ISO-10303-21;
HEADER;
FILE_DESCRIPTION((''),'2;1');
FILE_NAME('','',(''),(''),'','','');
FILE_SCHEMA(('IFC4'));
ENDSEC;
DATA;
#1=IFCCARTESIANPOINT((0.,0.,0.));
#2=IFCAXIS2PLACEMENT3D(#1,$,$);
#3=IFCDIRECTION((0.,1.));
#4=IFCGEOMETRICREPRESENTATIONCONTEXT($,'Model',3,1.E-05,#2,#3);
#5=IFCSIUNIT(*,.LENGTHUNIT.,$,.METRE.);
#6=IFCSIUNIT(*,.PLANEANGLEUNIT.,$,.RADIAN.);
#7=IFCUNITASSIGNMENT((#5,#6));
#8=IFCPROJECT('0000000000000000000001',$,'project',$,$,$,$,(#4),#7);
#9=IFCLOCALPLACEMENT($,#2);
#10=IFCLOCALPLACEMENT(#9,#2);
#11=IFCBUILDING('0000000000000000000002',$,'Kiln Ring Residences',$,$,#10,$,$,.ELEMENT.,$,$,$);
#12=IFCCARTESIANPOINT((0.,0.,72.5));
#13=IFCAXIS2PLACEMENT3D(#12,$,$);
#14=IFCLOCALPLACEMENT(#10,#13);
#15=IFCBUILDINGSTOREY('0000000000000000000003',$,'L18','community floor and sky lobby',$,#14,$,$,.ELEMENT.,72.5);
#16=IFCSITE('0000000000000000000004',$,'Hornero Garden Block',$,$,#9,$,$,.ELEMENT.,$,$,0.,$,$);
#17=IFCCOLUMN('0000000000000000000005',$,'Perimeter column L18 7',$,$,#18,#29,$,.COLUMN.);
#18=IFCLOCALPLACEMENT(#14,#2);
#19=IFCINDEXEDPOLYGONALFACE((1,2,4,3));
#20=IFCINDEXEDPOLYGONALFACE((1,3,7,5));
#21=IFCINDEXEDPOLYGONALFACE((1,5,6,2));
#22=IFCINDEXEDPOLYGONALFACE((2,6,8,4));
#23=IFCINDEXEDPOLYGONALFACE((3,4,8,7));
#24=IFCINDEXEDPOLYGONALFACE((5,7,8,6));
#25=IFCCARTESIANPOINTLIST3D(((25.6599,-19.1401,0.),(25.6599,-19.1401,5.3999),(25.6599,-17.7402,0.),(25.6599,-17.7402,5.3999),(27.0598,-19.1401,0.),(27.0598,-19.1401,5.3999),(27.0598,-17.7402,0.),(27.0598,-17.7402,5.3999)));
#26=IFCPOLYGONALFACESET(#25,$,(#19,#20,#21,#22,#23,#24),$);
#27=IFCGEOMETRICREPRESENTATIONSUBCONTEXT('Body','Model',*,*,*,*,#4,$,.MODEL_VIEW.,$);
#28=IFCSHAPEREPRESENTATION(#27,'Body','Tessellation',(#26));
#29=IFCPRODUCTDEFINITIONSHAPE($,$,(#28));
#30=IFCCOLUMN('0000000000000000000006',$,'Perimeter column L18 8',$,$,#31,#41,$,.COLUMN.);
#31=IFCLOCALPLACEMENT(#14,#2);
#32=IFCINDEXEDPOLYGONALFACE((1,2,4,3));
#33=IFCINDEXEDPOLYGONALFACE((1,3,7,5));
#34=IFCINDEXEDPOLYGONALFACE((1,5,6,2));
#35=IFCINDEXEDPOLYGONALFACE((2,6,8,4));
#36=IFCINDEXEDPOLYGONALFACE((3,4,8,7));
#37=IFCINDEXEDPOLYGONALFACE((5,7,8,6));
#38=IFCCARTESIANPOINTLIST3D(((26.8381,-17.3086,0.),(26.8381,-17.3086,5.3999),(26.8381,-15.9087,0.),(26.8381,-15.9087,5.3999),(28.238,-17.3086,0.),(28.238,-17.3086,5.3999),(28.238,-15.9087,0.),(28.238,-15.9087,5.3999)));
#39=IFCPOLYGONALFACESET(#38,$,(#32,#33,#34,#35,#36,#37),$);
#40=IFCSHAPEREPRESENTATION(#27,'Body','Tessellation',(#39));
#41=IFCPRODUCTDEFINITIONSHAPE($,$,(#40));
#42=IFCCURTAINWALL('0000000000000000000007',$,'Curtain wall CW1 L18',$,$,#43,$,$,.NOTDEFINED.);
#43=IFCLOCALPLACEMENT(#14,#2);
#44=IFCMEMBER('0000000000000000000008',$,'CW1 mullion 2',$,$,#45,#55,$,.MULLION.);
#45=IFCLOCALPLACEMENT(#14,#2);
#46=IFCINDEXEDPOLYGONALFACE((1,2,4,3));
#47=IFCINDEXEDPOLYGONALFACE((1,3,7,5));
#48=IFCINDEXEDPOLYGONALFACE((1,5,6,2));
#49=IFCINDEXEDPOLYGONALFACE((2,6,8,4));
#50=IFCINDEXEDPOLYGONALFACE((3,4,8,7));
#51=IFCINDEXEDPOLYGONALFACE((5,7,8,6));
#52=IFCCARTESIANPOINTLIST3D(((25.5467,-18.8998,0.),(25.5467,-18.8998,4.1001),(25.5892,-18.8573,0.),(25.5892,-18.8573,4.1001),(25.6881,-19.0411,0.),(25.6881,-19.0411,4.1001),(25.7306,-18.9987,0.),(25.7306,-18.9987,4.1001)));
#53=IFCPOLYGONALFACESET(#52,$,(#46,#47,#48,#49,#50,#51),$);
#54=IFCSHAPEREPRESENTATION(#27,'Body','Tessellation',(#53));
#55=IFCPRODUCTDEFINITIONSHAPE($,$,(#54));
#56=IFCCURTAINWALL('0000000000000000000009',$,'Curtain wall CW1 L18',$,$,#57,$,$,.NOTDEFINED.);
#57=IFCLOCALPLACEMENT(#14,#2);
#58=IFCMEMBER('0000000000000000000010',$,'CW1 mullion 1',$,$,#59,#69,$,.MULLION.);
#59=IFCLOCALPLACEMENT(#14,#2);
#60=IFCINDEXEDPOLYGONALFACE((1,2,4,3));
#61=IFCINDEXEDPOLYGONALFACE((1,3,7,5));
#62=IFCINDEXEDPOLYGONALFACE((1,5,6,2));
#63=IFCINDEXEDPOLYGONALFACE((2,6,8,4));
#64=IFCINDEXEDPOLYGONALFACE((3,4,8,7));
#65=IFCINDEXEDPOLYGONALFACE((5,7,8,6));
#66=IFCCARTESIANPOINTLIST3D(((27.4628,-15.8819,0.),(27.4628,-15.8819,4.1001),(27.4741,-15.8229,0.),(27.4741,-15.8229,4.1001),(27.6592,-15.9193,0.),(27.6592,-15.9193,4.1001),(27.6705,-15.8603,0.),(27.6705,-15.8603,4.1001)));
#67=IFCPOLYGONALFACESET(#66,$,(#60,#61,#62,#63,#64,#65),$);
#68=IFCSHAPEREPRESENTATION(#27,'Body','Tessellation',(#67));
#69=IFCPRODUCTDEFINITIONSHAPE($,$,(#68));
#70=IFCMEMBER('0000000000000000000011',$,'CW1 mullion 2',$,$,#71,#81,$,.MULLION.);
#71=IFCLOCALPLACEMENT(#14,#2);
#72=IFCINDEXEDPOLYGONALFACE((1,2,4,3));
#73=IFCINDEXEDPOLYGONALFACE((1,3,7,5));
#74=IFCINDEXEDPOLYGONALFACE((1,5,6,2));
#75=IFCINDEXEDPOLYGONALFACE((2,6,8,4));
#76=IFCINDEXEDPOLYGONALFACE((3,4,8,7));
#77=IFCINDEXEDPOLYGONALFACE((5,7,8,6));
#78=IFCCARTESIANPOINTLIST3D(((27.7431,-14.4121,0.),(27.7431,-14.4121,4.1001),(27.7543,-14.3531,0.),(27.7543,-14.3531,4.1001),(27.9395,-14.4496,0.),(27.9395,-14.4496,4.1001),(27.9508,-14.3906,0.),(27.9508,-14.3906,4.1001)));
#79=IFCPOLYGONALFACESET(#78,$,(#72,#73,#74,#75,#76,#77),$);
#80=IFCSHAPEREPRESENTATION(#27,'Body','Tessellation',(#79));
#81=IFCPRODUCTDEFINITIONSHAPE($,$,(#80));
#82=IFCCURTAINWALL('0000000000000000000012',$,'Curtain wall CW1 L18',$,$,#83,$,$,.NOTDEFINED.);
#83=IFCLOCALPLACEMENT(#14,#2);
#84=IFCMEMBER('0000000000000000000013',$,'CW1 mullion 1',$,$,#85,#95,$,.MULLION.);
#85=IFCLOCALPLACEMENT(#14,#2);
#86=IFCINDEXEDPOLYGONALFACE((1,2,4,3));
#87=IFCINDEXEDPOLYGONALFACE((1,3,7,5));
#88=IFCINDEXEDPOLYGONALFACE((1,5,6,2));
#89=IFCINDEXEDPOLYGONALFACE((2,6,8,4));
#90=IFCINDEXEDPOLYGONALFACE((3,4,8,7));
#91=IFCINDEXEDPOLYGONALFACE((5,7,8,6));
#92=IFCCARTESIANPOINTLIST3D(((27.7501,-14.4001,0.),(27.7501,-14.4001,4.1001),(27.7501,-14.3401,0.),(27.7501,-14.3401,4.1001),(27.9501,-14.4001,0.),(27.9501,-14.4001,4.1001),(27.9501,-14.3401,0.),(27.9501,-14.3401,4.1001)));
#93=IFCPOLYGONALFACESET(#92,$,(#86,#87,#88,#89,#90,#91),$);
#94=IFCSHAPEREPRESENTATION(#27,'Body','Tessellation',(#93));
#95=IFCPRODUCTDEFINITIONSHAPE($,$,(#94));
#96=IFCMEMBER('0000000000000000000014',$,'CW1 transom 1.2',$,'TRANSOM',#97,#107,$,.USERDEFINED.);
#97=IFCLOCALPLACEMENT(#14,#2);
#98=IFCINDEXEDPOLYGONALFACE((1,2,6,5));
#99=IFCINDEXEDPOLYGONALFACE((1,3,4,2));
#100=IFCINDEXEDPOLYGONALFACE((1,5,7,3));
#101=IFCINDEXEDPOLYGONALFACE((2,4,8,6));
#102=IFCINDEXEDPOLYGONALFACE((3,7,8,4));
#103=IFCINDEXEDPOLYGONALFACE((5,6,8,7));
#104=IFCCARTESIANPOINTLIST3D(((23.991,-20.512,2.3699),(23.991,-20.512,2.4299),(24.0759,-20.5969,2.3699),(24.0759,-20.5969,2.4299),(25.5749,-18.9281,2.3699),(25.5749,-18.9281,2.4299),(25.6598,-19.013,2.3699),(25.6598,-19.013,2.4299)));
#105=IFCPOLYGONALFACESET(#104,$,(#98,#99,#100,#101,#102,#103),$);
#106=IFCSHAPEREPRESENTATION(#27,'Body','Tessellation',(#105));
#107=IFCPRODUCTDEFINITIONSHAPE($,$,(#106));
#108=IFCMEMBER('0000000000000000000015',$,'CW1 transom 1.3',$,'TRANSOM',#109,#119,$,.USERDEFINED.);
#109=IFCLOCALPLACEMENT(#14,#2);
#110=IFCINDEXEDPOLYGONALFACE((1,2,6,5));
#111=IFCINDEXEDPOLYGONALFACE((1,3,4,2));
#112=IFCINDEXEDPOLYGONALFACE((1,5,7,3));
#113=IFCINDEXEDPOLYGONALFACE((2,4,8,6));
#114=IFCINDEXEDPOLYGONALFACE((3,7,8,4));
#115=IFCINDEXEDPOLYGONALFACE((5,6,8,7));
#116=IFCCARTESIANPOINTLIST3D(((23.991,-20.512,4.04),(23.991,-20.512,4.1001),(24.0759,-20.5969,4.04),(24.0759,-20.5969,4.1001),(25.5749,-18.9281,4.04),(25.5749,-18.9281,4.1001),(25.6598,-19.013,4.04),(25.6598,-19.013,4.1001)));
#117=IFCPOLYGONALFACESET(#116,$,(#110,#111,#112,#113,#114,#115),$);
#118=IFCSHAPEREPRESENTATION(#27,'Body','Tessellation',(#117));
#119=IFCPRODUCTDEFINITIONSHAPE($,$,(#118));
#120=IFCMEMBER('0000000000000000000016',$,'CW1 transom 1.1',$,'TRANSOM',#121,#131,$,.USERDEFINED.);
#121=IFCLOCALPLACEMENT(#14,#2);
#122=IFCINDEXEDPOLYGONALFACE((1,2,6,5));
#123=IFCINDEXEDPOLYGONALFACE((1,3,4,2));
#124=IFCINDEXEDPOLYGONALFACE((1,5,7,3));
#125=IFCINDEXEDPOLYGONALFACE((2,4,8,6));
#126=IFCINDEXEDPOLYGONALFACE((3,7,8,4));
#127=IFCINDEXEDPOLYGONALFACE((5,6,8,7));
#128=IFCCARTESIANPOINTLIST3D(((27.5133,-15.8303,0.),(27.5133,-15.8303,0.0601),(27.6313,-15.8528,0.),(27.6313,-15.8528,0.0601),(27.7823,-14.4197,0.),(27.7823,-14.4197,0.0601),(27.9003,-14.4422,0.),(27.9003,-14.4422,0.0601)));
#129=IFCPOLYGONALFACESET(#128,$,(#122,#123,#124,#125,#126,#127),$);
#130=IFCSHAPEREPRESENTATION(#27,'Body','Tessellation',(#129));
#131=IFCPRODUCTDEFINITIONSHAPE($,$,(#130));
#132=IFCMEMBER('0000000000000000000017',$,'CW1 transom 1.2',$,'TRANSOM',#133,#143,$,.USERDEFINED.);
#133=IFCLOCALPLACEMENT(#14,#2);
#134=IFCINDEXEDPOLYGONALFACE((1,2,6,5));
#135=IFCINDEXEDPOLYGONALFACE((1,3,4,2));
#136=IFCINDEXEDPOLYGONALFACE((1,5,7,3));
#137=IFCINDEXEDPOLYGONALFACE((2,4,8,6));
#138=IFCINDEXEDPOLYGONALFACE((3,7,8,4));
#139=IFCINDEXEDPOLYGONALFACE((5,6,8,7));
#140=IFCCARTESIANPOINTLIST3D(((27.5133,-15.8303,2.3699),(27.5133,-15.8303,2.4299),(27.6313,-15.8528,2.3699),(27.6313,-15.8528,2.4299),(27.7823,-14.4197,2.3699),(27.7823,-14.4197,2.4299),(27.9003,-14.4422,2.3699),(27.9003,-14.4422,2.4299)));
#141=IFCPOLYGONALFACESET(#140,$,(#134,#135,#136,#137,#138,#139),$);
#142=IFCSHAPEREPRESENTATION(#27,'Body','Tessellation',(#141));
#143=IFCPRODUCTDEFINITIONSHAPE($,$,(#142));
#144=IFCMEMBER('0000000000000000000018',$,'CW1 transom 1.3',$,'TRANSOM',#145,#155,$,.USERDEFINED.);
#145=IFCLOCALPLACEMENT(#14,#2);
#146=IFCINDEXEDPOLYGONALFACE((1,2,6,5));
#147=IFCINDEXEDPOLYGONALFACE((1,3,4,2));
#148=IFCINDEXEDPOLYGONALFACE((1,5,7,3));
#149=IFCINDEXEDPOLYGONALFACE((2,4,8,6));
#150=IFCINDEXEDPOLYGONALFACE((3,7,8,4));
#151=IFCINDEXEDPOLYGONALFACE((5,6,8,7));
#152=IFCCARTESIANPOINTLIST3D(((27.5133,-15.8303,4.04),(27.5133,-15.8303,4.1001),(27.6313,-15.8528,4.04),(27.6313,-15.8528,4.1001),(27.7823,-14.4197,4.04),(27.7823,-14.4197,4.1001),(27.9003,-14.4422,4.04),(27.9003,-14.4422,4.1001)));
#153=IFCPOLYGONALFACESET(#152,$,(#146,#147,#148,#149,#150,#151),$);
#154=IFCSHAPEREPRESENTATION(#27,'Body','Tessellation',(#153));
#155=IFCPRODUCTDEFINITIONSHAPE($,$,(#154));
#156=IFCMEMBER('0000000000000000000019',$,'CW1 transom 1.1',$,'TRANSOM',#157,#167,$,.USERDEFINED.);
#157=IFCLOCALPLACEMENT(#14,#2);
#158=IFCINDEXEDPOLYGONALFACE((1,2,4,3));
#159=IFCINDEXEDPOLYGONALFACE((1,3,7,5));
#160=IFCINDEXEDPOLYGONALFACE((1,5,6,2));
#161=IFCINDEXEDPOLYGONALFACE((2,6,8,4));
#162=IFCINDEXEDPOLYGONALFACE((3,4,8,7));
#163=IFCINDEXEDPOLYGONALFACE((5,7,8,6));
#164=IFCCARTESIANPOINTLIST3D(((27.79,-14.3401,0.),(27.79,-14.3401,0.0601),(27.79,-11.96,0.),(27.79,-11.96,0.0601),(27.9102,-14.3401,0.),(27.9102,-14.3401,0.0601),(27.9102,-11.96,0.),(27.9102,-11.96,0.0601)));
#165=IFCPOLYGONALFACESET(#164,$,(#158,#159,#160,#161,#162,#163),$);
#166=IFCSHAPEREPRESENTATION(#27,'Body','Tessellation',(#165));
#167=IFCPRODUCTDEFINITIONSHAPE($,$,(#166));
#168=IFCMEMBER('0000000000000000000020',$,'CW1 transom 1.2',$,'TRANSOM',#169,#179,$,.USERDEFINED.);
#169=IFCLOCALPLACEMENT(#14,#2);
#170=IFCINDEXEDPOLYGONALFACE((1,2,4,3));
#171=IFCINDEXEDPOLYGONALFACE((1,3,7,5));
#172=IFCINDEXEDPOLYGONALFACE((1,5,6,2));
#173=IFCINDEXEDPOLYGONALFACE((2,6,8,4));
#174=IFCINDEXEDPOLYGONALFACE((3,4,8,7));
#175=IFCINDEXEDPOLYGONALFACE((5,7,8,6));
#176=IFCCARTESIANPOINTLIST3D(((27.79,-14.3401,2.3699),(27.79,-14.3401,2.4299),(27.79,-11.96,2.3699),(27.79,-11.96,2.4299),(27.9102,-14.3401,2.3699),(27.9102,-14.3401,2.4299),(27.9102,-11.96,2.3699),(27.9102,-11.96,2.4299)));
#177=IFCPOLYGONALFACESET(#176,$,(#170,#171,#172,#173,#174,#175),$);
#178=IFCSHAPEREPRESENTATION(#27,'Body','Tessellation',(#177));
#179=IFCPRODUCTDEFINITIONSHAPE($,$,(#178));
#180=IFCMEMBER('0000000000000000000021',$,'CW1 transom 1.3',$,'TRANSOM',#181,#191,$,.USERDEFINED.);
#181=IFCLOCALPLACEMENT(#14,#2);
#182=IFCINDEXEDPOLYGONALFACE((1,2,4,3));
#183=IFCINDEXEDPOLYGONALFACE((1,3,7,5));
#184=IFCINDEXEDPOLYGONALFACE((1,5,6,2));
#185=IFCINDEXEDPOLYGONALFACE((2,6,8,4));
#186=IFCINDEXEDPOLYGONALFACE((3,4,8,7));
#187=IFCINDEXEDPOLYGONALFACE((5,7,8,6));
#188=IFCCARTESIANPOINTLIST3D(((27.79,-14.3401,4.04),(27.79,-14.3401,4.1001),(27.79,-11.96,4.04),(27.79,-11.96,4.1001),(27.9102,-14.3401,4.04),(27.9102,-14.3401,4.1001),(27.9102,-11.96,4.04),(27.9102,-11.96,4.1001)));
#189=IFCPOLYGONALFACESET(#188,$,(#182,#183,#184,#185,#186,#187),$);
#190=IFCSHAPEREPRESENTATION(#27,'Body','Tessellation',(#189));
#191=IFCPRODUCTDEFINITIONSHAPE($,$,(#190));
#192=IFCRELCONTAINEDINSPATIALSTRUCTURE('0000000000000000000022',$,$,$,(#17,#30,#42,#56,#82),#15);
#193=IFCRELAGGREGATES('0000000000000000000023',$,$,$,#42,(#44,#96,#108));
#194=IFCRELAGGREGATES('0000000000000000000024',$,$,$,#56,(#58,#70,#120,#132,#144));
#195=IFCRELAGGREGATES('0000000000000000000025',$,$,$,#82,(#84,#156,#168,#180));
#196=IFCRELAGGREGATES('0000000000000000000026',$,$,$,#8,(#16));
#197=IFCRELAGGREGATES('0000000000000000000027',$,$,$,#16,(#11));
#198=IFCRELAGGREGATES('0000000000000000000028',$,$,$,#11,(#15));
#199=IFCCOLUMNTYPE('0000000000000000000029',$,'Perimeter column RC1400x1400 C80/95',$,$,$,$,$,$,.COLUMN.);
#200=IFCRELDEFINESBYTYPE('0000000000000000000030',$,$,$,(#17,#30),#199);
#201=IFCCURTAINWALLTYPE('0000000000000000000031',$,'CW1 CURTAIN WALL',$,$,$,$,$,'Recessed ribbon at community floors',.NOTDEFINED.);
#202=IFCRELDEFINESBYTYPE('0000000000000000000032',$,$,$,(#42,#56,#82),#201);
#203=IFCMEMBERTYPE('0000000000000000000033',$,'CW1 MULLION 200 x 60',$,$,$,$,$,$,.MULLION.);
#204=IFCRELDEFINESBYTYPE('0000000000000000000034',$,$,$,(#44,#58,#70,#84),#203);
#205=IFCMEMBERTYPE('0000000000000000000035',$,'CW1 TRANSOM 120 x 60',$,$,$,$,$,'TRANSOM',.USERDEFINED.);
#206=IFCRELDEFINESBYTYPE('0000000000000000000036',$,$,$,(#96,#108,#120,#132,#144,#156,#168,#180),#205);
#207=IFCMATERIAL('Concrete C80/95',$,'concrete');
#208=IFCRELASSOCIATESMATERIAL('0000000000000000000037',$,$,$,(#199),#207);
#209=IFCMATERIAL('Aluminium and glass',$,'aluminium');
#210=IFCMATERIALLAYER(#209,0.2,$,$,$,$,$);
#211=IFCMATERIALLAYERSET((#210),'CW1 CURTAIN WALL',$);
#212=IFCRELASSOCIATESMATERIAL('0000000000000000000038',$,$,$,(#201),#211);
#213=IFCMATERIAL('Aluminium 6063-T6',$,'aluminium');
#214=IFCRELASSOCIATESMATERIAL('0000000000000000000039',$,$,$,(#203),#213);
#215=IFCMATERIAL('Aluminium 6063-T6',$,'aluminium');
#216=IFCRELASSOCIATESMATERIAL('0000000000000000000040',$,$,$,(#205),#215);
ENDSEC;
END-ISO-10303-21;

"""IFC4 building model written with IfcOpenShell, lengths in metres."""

from ifc_helpers import new_model, si_unit, direction, frame, origin, origin_2d, place, context, subcontext, project, spatial, rectangle, extrude, material, layer, layer_set, material_profile, profile_set, type_object, element, aggregate, save


model = new_model("IFC4")

# Units and contexts
model_context = context("Model", 3, precision=1e-05, world=origin(), true_north=direction((0.0, 1.0)))
body_context = subcontext(model_context, "Body", "Model", "MODEL_VIEW")
ifc_project = project(units=[si_unit("LENGTHUNIT", "METRE"), si_unit("PLANEANGLEUNIT", "RADIAN")], contexts=[model_context])

# Site, building, storey
site_placement = place(None, origin())
site = spatial("IfcSite", under=ifc_project, at=site_placement, Name="Hornero Garden Block", CompositionType="ELEMENT", RefElevation=0.0)
building_placement = place(site_placement, origin())
building = spatial("IfcBuilding", under=site, at=building_placement, Name="Kiln Ring Residences", CompositionType="ELEMENT")
storey_placement = place(building_placement, frame((0.0, 0.0, 72.5)))
storey = spatial("IfcBuildingStorey", under=building, at=storey_placement, Name="L18", Description="community floor and sky lobby", CompositionType="ELEMENT", Elevation=72.5)

# Columns
ifc_material_1 = material(Name="Concrete C80/95", Category="concrete")
ifc_material_profile_1 = material_profile(ifc_material_1, rectangle(XDim=1.3999, YDim=1.3999, at=origin_2d()), Name="RC1400x1400")
ifc_profile_set_1 = profile_set([ifc_material_profile_1], Name="Concrete C80/95")
column_type = type_object("IfcColumnType", Name="Perimeter column RC1400x1400 C80/95", PredefinedType="COLUMN", material=ifc_profile_set_1)
for number, where, z_axis, x_axis, name in (
    (1, (26.3599, -18.4402, 0.0), (0.0, 0.0, 1.0), (1.0, 0.0, 0.0), "Perimeter column L18 7"),
    (2, (27.5381, -16.6086, 0.0), (0.0, 0.0, 1.0), (1.0, 0.0, 0.0), "Perimeter column L18 8"),
):
    element("IfcColumn", number, at=place(storey_placement, frame(where, z_axis=z_axis, x_axis=x_axis)), inside=storey, type_object=column_type, Name=name, PredefinedType="COLUMN", context=body_context, shape_type="SweptSolid", body=[
        extrude(rectangle(XDim=1.3999, YDim=1.3999, at=origin_2d()), origin(), (0.0, 0.0, 1.0), 5.3999),
    ])

# Curtain wall, member
ifc_material_2 = material(Name="Aluminium and glass", Category="aluminium")
ifc_layer_1 = layer(ifc_material_2, 0.2)
ifc_layer_set_1 = layer_set([ifc_layer_1], Name="CW1 CURTAIN WALL")
curtain_wall_type = type_object("IfcCurtainWallType", Name="CW1 CURTAIN WALL", ElementType="Recessed ribbon at community floors", PredefinedType="NOTDEFINED", material=ifc_layer_set_1)
placement = place(storey_placement, origin())
curtain_wall_1 = element("IfcCurtainWall", 3, at=placement, inside=storey, type_object=curtain_wall_type, Name="Curtain wall CW1 L18", PredefinedType="NOTDEFINED")
ifc_material_3 = material(Name="Aluminium 6063-T6", Category="aluminium")
ifc_material_profile_2 = material_profile(ifc_material_3, rectangle(XDim=0.2, YDim=0.0601, at=origin_2d()), Name="AL 200x60")
ifc_profile_set_2 = profile_set([ifc_material_profile_2], Name="Aluminium 6063-T6")
member_type_1 = type_object("IfcMemberType", Name="CW1 MULLION 200 x 60", PredefinedType="MULLION", material=ifc_profile_set_2)
member_1_placement = place(storey_placement, frame((25.6387, -18.9492, 0.0), z_axis=(0.0, 0.0, 1.0), x_axis=(-0.707107, 0.707107, 0.0)))
member_1 = element("IfcMember", 4, at=member_1_placement, type_object=member_type_1, Name="CW1 mullion 2", PredefinedType="MULLION", context=body_context, shape_type="SweptSolid", body=[
    extrude(rectangle(XDim=0.2, YDim=0.0601, at=origin_2d()), origin(), (0.0, 0.0, 1.0), 4.1001),
])

# Curtain wall, members
curtain_wall_2 = element("IfcCurtainWall", 5, at=placement, inside=storey, type_object=curtain_wall_type, Name="Curtain wall CW1 L18", PredefinedType="NOTDEFINED")
member_2_placement = place(storey_placement, frame((27.5667, -15.8711, 0.0), z_axis=(0.0, 0.0, 1.0), x_axis=(-0.98229, 0.187366, 0.0)))
member_2 = element("IfcMember", 6, at=member_2_placement, type_object=member_type_1, Name="CW1 mullion 1", PredefinedType="MULLION", context=body_context, shape_type="SweptSolid", body=[
    extrude(rectangle(XDim=0.2, YDim=0.0601, at=origin_2d()), origin(), (0.0, 0.0, 1.0), 4.1001),
])
member_3_placement = place(storey_placement, frame((27.8469, -14.4014, 0.0), z_axis=(0.0, 0.0, 1.0), x_axis=(-0.98229, 0.187366, 0.0)))
member_3 = element("IfcMember", 7, at=member_3_placement, type_object=member_type_1, Name="CW1 mullion 2", PredefinedType="MULLION", context=body_context, shape_type="SweptSolid", body=[
    extrude(rectangle(XDim=0.2, YDim=0.0601, at=origin_2d()), origin(), (0.0, 0.0, 1.0), 4.1001),
])

# Curtain wall, member
curtain_wall_3 = element("IfcCurtainWall", 8, at=placement, inside=storey, type_object=curtain_wall_type, Name="Curtain wall CW1 L18", PredefinedType="NOTDEFINED")
member_4_placement = place(storey_placement, frame((27.8501, -14.3701, 0.0), z_axis=(0.0, 0.0, 1.0), x_axis=(-1.0, 0.0, 0.0)))
member_4 = element("IfcMember", 9, at=member_4_placement, type_object=member_type_1, Name="CW1 mullion 1", PredefinedType="MULLION", context=body_context, shape_type="SweptSolid", body=[
    extrude(rectangle(XDim=0.2, YDim=0.0601, at=origin_2d()), origin(), (0.0, 0.0, 1.0), 4.1001),
])

# Members
ifc_material_4 = material(Name="Aluminium 6063-T6", Category="aluminium")
ifc_material_profile_3 = material_profile(ifc_material_4, rectangle(XDim=0.1201, YDim=0.0601, at=origin_2d()), Name="AL 120x60")
ifc_profile_set_3 = profile_set([ifc_material_profile_3], Name="Aluminium 6063-T6")
member_type_2 = type_object("IfcMemberType", Name="CW1 TRANSOM 120 x 60", ElementType="TRANSOM", PredefinedType="USERDEFINED", material=ifc_profile_set_3)
member_5_placement = place(storey_placement, frame((24.0334, -20.5544, 2.3999), z_axis=(0.707107, 0.707107, 0.0), x_axis=(-0.707107, 0.707107, 0.0)))
member_5 = element("IfcMember", 10, at=member_5_placement, type_object=member_type_2, Name="CW1 transom 1.2", ObjectType="TRANSOM", PredefinedType="USERDEFINED", context=body_context, shape_type="SweptSolid", body=[
    extrude(rectangle(XDim=0.1201, YDim=0.0601, at=origin_2d()), origin(), (0.0, 0.0, 1.0), 2.24),
])
member_6_placement = place(storey_placement, frame((24.0334, -20.5544, 4.0701), z_axis=(0.707107, 0.707107, 0.0), x_axis=(-0.707107, 0.707107, 0.0)))
member_6 = element("IfcMember", 11, at=member_6_placement, type_object=member_type_2, Name="CW1 transom 1.3", ObjectType="TRANSOM", PredefinedType="USERDEFINED", context=body_context, shape_type="SweptSolid", body=[
    extrude(rectangle(XDim=0.1201, YDim=0.0601, at=origin_2d()), origin(), (0.0, 0.0, 1.0), 2.24),
])
member_7_placement = place(storey_placement, frame((27.5723, -15.8416, 0.03), z_axis=(0.187346, 0.982294, 0.0), x_axis=(-0.982294, 0.187346, 0.0)))
member_7 = element("IfcMember", 12, at=member_7_placement, type_object=member_type_2, Name="CW1 transom 1.1", ObjectType="TRANSOM", PredefinedType="USERDEFINED", context=body_context, shape_type="SweptSolid", body=[
    extrude(rectangle(XDim=0.1201, YDim=0.0601, at=origin_2d()), origin(), (0.0, 0.0, 1.0), 1.436),
])
member_8_placement = place(storey_placement, frame((27.5723, -15.8416, 2.3999), z_axis=(0.187346, 0.982294, 0.0), x_axis=(-0.982294, 0.187346, 0.0)))
member_8 = element("IfcMember", 13, at=member_8_placement, type_object=member_type_2, Name="CW1 transom 1.2", ObjectType="TRANSOM", PredefinedType="USERDEFINED", context=body_context, shape_type="SweptSolid", body=[
    extrude(rectangle(XDim=0.1201, YDim=0.0601, at=origin_2d()), origin(), (0.0, 0.0, 1.0), 1.436),
])
member_9_placement = place(storey_placement, frame((27.5723, -15.8416, 4.0701), z_axis=(0.187346, 0.982294, 0.0), x_axis=(-0.982294, 0.187346, 0.0)))
member_9 = element("IfcMember", 14, at=member_9_placement, type_object=member_type_2, Name="CW1 transom 1.3", ObjectType="TRANSOM", PredefinedType="USERDEFINED", context=body_context, shape_type="SweptSolid", body=[
    extrude(rectangle(XDim=0.1201, YDim=0.0601, at=origin_2d()), origin(), (0.0, 0.0, 1.0), 1.436),
])
member_10_placement = place(storey_placement, frame((27.8501, -14.3401, 0.03), z_axis=(0.0, 1.0, 0.0), x_axis=(-1.0, 0.0, 0.0)))
member_10 = element("IfcMember", 15, at=member_10_placement, type_object=member_type_2, Name="CW1 transom 1.1", ObjectType="TRANSOM", PredefinedType="USERDEFINED", context=body_context, shape_type="SweptSolid", body=[
    extrude(rectangle(XDim=0.1201, YDim=0.0601, at=origin_2d()), origin(), (0.0, 0.0, 1.0), 2.3801),
])
member_11_placement = place(storey_placement, frame((27.8501, -14.3401, 2.3999), z_axis=(0.0, 1.0, 0.0), x_axis=(-1.0, 0.0, 0.0)))
member_11 = element("IfcMember", 16, at=member_11_placement, type_object=member_type_2, Name="CW1 transom 1.2", ObjectType="TRANSOM", PredefinedType="USERDEFINED", context=body_context, shape_type="SweptSolid", body=[
    extrude(rectangle(XDim=0.1201, YDim=0.0601, at=origin_2d()), origin(), (0.0, 0.0, 1.0), 2.3801),
])
member_12_placement = place(storey_placement, frame((27.8501, -14.3401, 4.0701), z_axis=(0.0, 1.0, 0.0), x_axis=(-1.0, 0.0, 0.0)))
member_12 = element("IfcMember", 17, at=member_12_placement, type_object=member_type_2, Name="CW1 transom 1.3", ObjectType="TRANSOM", PredefinedType="USERDEFINED", context=body_context, shape_type="SweptSolid", body=[
    extrude(rectangle(XDim=0.1201, YDim=0.0601, at=origin_2d()), origin(), (0.0, 0.0, 1.0), 2.3801),
])

aggregate(curtain_wall_1, [member_1, member_5, member_6])
aggregate(curtain_wall_2, [member_2, member_3, member_7, member_8, member_9])
aggregate(curtain_wall_3, [member_4, member_10, member_11, member_12])

save(model, "model.ifc")
